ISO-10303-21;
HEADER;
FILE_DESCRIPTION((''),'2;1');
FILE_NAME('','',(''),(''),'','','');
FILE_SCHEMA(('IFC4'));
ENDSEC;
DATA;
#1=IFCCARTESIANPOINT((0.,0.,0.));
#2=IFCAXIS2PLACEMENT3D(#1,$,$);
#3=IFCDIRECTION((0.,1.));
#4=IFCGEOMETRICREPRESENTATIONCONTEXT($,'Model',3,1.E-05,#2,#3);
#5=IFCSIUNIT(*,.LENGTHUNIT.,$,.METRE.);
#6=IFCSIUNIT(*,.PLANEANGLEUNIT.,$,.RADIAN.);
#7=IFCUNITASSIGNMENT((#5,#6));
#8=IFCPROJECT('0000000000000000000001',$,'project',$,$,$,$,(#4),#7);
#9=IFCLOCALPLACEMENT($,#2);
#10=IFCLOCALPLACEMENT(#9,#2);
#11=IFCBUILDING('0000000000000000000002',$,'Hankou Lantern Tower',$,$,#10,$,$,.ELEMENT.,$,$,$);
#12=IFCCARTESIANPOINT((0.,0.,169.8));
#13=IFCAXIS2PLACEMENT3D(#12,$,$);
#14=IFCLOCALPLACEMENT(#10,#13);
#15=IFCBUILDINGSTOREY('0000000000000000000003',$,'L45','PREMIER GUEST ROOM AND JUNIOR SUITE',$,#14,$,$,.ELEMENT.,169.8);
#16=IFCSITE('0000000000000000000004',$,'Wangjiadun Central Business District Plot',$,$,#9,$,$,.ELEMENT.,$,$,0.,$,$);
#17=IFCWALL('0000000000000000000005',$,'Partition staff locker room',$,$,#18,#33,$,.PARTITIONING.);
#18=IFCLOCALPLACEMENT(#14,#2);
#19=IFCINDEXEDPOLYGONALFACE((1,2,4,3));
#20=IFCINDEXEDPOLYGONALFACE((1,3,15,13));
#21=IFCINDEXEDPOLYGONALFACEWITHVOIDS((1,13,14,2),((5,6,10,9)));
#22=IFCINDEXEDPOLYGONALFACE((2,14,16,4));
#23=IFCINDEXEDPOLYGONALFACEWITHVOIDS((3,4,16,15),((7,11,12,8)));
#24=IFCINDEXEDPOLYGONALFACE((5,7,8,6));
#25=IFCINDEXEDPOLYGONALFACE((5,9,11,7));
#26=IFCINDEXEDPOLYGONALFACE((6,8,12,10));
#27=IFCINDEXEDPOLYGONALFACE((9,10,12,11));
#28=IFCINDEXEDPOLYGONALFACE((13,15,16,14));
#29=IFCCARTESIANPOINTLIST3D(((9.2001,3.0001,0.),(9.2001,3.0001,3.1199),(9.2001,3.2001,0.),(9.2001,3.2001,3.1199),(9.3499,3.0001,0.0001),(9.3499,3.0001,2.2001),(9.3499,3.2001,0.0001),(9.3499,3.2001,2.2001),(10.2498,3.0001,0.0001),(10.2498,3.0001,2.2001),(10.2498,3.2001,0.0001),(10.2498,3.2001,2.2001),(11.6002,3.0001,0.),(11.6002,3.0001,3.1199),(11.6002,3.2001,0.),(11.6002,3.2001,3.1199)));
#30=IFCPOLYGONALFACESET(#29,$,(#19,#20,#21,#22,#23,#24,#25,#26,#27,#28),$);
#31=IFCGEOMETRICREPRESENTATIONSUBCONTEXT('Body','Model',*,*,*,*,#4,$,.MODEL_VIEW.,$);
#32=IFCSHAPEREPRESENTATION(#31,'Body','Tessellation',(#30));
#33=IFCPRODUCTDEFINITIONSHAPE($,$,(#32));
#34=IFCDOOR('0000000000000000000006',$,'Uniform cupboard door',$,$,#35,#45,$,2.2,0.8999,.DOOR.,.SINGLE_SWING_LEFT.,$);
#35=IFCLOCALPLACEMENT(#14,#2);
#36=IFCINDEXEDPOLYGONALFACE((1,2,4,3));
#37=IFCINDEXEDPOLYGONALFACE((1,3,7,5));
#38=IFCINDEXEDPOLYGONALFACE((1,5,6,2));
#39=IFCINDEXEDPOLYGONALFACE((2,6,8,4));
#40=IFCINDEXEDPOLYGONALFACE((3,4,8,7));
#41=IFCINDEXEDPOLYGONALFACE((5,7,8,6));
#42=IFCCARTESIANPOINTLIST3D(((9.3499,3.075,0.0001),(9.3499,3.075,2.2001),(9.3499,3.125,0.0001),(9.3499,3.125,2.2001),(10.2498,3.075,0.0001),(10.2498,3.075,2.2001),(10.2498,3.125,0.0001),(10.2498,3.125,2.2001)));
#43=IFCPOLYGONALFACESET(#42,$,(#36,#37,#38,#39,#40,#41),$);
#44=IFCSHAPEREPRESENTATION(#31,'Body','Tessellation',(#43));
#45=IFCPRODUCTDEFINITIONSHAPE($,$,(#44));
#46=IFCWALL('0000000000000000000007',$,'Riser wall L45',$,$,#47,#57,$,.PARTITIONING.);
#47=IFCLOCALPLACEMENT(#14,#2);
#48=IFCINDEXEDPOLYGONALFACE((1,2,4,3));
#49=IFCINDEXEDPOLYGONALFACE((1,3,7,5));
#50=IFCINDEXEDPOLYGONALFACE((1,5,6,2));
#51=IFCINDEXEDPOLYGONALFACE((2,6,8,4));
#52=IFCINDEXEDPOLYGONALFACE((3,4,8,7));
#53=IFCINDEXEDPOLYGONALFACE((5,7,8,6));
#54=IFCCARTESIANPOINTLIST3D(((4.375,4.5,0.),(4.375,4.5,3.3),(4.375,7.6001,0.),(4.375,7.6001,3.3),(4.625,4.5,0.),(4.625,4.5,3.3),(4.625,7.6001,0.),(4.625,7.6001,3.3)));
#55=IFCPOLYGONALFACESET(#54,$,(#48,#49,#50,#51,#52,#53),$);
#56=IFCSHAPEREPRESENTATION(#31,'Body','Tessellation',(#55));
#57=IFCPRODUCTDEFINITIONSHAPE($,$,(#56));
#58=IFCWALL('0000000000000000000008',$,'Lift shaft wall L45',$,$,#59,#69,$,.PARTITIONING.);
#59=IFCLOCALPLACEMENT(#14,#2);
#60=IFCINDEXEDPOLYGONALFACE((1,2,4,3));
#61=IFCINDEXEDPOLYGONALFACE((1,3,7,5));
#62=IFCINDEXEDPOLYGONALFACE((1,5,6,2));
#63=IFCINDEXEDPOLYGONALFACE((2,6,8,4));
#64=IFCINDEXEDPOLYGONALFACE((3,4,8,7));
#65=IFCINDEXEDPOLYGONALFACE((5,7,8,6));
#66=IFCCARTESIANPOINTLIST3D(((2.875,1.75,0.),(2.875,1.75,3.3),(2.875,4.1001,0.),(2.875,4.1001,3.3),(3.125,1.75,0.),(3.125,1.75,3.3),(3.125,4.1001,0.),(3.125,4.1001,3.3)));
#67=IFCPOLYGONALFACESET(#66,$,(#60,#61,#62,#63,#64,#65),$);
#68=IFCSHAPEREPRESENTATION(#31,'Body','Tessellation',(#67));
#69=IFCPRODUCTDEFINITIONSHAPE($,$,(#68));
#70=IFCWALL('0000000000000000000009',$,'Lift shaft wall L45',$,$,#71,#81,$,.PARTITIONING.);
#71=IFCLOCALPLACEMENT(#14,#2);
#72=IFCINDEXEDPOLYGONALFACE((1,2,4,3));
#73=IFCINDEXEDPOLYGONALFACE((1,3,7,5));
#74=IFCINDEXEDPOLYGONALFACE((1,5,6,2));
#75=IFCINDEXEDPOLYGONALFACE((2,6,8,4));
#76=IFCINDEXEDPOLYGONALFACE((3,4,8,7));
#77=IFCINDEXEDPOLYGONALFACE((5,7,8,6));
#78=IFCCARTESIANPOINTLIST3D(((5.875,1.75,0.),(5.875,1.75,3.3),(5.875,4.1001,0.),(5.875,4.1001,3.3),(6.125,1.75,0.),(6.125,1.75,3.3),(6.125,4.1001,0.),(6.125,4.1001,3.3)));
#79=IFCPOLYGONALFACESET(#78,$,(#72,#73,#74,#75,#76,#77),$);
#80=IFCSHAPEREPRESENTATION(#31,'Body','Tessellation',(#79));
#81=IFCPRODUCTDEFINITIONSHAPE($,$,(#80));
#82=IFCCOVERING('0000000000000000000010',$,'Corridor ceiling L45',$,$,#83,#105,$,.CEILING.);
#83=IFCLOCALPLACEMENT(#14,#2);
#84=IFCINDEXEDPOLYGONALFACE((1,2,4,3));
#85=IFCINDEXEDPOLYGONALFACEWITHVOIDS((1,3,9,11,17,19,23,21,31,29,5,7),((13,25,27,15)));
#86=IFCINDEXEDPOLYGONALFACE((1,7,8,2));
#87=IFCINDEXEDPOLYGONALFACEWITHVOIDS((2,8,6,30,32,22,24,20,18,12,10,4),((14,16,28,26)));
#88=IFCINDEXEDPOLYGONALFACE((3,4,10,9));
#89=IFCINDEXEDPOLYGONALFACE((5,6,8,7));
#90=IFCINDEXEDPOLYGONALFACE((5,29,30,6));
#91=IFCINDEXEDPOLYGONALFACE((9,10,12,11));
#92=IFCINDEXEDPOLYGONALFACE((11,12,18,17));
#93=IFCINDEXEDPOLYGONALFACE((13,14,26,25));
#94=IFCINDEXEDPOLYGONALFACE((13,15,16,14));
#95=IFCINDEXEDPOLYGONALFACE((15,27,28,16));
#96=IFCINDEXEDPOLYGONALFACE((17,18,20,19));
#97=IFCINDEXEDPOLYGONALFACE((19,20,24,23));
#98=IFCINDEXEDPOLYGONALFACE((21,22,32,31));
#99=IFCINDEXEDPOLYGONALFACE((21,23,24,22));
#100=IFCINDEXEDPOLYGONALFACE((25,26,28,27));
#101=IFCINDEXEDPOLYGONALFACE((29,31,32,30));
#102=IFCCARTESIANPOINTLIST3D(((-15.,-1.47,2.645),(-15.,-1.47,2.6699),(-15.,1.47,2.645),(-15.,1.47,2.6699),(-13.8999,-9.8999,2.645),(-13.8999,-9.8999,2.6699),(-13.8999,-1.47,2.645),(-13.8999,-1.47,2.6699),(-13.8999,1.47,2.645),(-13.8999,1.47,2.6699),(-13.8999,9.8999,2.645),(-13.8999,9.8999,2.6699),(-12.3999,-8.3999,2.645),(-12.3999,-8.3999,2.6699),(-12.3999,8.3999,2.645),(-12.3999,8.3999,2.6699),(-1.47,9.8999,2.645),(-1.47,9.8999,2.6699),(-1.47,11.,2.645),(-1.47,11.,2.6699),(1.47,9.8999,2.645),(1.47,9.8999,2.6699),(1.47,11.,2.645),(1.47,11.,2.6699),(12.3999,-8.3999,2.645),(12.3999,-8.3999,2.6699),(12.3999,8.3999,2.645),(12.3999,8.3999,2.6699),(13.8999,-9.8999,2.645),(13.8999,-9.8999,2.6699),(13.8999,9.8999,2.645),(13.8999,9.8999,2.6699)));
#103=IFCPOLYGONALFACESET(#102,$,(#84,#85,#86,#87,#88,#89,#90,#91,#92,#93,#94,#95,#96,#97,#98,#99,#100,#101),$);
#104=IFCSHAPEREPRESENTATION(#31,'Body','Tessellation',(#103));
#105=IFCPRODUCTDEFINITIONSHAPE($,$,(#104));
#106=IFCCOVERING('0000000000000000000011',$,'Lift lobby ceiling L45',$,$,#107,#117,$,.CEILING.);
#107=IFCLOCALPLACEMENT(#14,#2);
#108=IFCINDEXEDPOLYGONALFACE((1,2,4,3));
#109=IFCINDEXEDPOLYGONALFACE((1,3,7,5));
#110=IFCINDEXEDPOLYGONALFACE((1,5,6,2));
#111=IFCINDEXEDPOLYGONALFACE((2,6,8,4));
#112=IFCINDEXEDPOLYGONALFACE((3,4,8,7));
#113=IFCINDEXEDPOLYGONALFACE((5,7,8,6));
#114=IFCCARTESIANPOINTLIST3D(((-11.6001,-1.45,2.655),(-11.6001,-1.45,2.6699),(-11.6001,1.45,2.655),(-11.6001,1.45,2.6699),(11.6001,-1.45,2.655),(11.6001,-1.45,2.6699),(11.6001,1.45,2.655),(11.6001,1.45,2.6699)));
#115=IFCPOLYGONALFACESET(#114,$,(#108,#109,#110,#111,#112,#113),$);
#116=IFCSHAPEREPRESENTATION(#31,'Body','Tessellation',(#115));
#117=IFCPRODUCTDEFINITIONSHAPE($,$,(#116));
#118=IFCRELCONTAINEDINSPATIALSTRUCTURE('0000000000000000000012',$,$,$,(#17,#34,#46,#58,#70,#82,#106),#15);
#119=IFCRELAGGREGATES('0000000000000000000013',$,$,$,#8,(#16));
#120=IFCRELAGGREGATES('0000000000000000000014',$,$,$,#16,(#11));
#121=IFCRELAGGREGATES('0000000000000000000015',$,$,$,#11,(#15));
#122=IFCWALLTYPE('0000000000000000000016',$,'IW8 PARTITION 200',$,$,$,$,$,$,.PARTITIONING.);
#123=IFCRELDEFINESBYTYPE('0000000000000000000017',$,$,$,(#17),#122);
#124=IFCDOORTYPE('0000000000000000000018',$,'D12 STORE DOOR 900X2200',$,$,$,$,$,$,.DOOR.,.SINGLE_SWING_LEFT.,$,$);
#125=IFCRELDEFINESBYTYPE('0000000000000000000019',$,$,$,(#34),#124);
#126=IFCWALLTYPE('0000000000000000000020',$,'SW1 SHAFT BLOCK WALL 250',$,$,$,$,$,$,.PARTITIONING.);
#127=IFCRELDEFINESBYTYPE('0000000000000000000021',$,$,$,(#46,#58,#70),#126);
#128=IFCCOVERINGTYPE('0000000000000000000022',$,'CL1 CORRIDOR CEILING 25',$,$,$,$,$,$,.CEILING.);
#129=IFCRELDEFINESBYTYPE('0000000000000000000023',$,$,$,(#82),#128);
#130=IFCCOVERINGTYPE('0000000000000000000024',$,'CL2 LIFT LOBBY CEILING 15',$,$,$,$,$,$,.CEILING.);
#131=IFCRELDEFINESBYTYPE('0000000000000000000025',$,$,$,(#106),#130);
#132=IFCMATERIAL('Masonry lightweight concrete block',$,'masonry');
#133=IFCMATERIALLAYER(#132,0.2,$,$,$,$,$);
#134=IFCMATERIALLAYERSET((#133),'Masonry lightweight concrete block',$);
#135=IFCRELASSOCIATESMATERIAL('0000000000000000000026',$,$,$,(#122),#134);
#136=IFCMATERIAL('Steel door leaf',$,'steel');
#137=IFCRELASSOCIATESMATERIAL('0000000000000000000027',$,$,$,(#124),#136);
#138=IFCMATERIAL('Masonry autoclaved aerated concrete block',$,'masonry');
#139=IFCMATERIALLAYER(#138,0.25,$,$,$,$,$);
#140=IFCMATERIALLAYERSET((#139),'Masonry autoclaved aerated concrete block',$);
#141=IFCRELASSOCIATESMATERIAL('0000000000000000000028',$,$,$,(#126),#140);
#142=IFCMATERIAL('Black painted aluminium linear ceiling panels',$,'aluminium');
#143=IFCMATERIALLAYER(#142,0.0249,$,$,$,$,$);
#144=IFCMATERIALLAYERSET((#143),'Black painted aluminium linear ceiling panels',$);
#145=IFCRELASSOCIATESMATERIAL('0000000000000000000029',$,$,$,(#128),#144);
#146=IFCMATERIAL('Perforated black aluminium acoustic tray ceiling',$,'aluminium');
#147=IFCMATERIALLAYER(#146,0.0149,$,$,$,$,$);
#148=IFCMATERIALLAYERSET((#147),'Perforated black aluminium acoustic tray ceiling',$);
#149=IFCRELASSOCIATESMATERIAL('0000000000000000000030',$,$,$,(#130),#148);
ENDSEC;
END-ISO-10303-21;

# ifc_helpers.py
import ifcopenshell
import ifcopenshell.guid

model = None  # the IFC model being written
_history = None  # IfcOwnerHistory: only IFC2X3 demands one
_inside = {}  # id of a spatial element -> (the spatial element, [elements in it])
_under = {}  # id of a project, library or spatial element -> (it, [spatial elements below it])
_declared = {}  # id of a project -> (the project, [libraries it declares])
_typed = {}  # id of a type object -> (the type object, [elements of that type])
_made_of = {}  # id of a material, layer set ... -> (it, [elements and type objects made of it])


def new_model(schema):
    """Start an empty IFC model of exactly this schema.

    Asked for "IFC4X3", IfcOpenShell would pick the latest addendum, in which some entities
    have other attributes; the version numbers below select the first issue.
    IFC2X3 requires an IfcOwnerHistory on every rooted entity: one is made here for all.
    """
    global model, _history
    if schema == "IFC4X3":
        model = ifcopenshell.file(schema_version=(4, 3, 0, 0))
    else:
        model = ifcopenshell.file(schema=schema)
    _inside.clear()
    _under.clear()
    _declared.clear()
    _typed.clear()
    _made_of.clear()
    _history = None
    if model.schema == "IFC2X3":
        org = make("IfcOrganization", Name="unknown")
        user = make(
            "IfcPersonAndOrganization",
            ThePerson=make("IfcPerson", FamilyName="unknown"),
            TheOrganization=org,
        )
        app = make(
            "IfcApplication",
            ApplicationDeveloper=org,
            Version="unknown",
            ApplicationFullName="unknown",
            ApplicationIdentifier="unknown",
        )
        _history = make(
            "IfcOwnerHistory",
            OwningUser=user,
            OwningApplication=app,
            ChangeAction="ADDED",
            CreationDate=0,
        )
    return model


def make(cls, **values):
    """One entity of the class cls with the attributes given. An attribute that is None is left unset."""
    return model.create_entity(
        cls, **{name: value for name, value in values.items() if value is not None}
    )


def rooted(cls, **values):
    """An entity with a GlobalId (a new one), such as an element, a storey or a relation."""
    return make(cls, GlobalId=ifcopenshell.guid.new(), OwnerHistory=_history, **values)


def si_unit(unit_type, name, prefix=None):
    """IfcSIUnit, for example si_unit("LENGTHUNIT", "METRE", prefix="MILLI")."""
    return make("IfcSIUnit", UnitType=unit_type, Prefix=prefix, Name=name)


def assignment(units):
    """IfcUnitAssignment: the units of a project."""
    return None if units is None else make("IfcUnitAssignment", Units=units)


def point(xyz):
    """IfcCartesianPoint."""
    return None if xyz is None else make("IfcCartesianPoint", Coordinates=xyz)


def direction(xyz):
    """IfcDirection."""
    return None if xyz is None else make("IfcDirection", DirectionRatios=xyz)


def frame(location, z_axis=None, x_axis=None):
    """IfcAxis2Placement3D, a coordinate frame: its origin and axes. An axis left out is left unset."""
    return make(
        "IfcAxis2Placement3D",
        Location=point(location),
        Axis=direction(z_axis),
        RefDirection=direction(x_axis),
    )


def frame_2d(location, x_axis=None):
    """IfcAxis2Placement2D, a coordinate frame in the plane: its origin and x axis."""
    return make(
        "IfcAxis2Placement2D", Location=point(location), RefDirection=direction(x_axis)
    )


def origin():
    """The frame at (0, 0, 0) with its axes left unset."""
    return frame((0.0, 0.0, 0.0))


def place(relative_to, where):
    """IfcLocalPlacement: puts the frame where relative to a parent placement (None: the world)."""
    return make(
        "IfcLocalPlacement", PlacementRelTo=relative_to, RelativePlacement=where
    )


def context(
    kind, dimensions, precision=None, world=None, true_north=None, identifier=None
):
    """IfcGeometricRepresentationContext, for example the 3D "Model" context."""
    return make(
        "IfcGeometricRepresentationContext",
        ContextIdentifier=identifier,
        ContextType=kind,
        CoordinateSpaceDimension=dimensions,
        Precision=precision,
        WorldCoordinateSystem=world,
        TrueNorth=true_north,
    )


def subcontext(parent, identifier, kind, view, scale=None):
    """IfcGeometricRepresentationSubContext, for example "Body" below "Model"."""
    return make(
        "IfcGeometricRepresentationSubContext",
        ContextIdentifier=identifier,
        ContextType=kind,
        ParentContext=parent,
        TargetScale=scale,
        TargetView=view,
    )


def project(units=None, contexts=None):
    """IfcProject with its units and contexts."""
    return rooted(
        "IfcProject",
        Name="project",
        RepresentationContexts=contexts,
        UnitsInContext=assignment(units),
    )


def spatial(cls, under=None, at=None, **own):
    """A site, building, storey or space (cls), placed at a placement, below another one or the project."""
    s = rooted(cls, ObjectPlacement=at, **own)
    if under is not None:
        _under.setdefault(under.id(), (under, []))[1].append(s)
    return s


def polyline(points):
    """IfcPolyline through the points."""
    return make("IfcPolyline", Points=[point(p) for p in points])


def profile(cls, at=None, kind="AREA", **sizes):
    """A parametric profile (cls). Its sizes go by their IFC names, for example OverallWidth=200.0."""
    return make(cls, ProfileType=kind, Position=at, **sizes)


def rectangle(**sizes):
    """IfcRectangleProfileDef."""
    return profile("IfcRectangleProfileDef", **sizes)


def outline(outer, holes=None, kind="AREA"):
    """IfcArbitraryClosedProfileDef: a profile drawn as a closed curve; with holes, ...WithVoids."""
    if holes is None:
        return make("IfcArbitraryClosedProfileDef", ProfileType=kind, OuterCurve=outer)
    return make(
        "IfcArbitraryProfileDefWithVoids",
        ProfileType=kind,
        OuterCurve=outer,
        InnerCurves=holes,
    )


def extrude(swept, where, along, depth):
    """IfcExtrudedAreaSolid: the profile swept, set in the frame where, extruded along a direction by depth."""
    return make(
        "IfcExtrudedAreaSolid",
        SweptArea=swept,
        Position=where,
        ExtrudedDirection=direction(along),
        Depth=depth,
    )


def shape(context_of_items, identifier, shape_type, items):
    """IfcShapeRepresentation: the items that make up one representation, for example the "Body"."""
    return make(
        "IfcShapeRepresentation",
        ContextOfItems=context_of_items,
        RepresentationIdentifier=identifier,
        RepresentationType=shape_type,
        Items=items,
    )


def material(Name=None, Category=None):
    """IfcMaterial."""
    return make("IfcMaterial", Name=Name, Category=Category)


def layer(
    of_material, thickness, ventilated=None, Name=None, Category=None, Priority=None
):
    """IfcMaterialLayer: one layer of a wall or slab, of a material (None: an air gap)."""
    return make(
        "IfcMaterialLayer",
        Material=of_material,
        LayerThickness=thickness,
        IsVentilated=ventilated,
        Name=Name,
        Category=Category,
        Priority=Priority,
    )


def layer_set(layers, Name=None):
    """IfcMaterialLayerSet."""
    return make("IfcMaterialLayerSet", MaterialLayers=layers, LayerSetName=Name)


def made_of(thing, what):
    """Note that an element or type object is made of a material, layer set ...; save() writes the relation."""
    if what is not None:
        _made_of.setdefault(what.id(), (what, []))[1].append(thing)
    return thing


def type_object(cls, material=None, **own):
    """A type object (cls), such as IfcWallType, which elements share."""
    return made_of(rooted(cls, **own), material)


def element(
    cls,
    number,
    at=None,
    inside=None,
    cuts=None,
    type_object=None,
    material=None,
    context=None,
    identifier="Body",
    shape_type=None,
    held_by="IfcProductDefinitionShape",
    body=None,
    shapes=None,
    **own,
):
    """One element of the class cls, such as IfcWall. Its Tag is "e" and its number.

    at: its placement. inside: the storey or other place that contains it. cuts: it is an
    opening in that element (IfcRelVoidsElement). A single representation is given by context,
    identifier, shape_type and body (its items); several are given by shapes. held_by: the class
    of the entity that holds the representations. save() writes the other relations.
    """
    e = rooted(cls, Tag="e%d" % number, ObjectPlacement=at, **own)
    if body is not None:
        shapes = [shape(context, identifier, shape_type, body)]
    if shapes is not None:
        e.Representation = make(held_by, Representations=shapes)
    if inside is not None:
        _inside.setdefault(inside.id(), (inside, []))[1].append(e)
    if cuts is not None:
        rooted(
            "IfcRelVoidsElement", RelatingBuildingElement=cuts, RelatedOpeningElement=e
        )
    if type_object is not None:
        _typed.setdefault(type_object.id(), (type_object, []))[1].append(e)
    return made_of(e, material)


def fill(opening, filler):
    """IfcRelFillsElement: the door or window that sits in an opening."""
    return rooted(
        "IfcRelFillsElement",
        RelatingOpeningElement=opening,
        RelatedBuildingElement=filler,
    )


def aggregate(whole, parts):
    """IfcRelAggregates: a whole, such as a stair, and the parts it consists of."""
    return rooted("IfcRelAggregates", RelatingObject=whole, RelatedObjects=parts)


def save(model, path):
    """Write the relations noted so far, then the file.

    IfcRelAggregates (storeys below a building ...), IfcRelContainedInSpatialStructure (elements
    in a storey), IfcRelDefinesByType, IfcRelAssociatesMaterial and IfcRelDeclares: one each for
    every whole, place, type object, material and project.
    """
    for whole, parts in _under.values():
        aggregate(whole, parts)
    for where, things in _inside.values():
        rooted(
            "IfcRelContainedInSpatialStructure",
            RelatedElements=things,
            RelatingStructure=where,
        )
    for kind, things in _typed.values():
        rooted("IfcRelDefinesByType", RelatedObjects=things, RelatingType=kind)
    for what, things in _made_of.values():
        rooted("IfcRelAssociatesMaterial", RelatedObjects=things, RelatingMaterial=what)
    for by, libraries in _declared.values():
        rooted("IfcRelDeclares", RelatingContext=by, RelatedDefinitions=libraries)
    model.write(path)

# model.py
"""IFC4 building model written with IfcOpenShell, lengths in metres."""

from ifc_helpers import new_model, si_unit, direction, frame, frame_2d, origin, place, context, subcontext, project, spatial, polyline, rectangle, outline, extrude, material, layer, layer_set, type_object, element, fill, save


model = new_model("IFC4")

# Units and contexts
model_context = context("Model", 3, precision=1e-05, world=origin(), true_north=direction((0.0, 1.0)))
body_context = subcontext(model_context, "Body", "Model", "MODEL_VIEW")
ifc_project = project(units=[si_unit("LENGTHUNIT", "METRE"), si_unit("PLANEANGLEUNIT", "RADIAN")], contexts=[model_context])

# Site, building, storey
site_placement = place(None, origin())
site = spatial("IfcSite", under=ifc_project, at=site_placement, Name="Wangjiadun Central Business District Plot", CompositionType="ELEMENT", RefElevation=0.0)
building_placement = place(site_placement, origin())
building = spatial("IfcBuilding", under=site, at=building_placement, Name="Hankou Lantern Tower", CompositionType="ELEMENT")
storey_placement = place(building_placement, frame((0.0, 0.0, 169.8)))
storey = spatial("IfcBuildingStorey", under=building, at=storey_placement, Name="L45", Description="PREMIER GUEST ROOM AND JUNIOR SUITE", CompositionType="ELEMENT", Elevation=169.8)

# Wall, opening, door
ifc_material_1 = material(Name="Masonry lightweight concrete block", Category="masonry")
ifc_layer_1 = layer(ifc_material_1, 0.2)
ifc_layer_set_1 = layer_set([ifc_layer_1], Name="Masonry lightweight concrete block")
wall_type_1 = type_object("IfcWallType", Name="IW8 PARTITION 200", PredefinedType="PARTITIONING", material=ifc_layer_set_1)
wall_1_placement = place(storey_placement, frame((9.2, 3.1001, 0.0), z_axis=(0.0, 0.0, 1.0), x_axis=(1.0, 0.0, 0.0)))
wall_1 = element("IfcWall", 1, at=wall_1_placement, inside=storey, type_object=wall_type_1, Name="Partition staff locker room", PredefinedType="PARTITIONING", context=body_context, shape_type="SweptSolid", body=[
    extrude(rectangle(XDim=2.4001, YDim=0.2, at=frame_2d((1.2002, 0.0))), origin(), (0.0, 0.0, 1.0), 3.1199),
])
opening_1_placement = place(wall_1_placement, frame((0.1499, 0.0, 0.0)))
opening_1 = element("IfcOpeningElement", 2, at=opening_1_placement, cuts=wall_1, PredefinedType="OPENING", context=body_context, shape_type="SweptSolid", body=[
    extrude(rectangle(XDim=0.8999, YDim=2.2, at=frame_2d((0.45, 1.1001))), frame((0.0, 0.1099, 0.0), z_axis=(0.0, -1.0, 0.0), x_axis=(1.0, 0.0, 0.0)), (0.0, 0.0, 1.0), 0.22),
])
ifc_material_2 = material(Name="Steel door leaf", Category="steel")
door_type_1 = type_object("IfcDoorType", Name="D12 STORE DOOR 900X2200", OperationType="SINGLE_SWING_LEFT", PredefinedType="DOOR", material=ifc_material_2)
door_1_placement = place(opening_1_placement, origin())
door_1 = element("IfcDoor", 3, at=door_1_placement, inside=storey, type_object=door_type_1, Name="Uniform cupboard door", OperationType="SINGLE_SWING_LEFT", OverallHeight=2.2, OverallWidth=0.8999, PredefinedType="DOOR", context=body_context, shape_type="SweptSolid", body=[
    extrude(rectangle(XDim=0.8999, YDim=2.2, at=frame_2d((0.45, 1.1001))), frame((0.0, 0.0249, 0.0), z_axis=(0.0, -1.0, 0.0), x_axis=(1.0, 0.0, 0.0)), (0.0, 0.0, 1.0), 0.05),
])
fill(opening_1, door_1)

# Walls
ifc_material_3 = material(Name="Masonry autoclaved aerated concrete block", Category="masonry")
ifc_layer_2 = layer(ifc_material_3, 0.25)
ifc_layer_set_2 = layer_set([ifc_layer_2], Name="Masonry autoclaved aerated concrete block")
wall_type_2 = type_object("IfcWallType", Name="SW1 SHAFT BLOCK WALL 250", PredefinedType="PARTITIONING", material=ifc_layer_set_2)
wall_2_placement = place(storey_placement, frame((4.5, 4.5, 0.0), z_axis=(0.0, 0.0, 1.0), x_axis=(0.0, 1.0, 0.0)))
element("IfcWall", 4, at=wall_2_placement, inside=storey, type_object=wall_type_2, Name="Riser wall L45", PredefinedType="PARTITIONING", context=body_context, shape_type="SweptSolid", body=[
    extrude(rectangle(XDim=3.1001, YDim=0.25, at=frame_2d((1.55, 0.0))), origin(), (0.0, 0.0, 1.0), 3.3),
])
for number, where, z_axis, x_axis, name in (
    (5, (3.0, 1.75, 0.0), (0.0, 0.0, 1.0), (0.0, 1.0, 0.0), "Lift shaft wall L45"),
    (6, (6.0, 1.75, 0.0), (0.0, 0.0, 1.0), (0.0, 1.0, 0.0), "Lift shaft wall L45"),
):
    element("IfcWall", number, at=place(storey_placement, frame(where, z_axis=z_axis, x_axis=x_axis)), inside=storey, type_object=wall_type_2, Name=name, PredefinedType="PARTITIONING", context=body_context, shape_type="SweptSolid", body=[
        extrude(rectangle(XDim=2.3501, YDim=0.25, at=frame_2d((1.175, 0.0))), origin(), (0.0, 0.0, 1.0), 3.3),
    ])

# Coverings
ifc_material_4 = material(Name="Black painted aluminium linear ceiling panels", Category="aluminium")
ifc_layer_3 = layer(ifc_material_4, 0.0249)
ifc_layer_set_3 = layer_set([ifc_layer_3], Name="Black painted aluminium linear ceiling panels")
covering_type_1 = type_object("IfcCoveringType", Name="CL1 CORRIDOR CEILING 25", PredefinedType="CEILING", material=ifc_layer_set_3)
covering_1_placement = place(storey_placement, frame((0.0, 0.0, 2.645)))
element("IfcCovering", 7, at=covering_1_placement, inside=storey, type_object=covering_type_1, Name="Corridor ceiling L45", PredefinedType="CEILING", context=body_context, shape_type="SweptSolid", body=[
    extrude(outline(polyline([(1.47, 9.8999), (1.47, 11.0), (-1.47, 11.0), (-1.47, 9.8999), (-13.8999, 9.8999), (-13.8999, 1.47), (-15.0, 1.47), (-15.0, -1.47), (-13.8999, -1.47), (-13.8999, -9.8999), (13.8999, -9.8999), (13.8999, 9.8999), (1.47, 9.8999)]), holes=[polyline([(-12.3999, 8.3999), (12.3999, 8.3999), (12.3999, -8.3999), (-12.3999, -8.3999), (-12.3999, 8.3999)])]), origin(), (0.0, 0.0, 1.0), 0.0249),
])
ifc_material_5 = material(Name="Perforated black aluminium acoustic tray ceiling", Category="aluminium")
ifc_layer_4 = layer(ifc_material_5, 0.0149)
ifc_layer_set_4 = layer_set([ifc_layer_4], Name="Perforated black aluminium acoustic tray ceiling")
covering_type_2 = type_object("IfcCoveringType", Name="CL2 LIFT LOBBY CEILING 15", PredefinedType="CEILING", material=ifc_layer_set_4)
covering_2_placement = place(storey_placement, frame((0.0, 0.0, 2.655)))
element("IfcCovering", 8, at=covering_2_placement, inside=storey, type_object=covering_type_2, Name="Lift lobby ceiling L45", PredefinedType="CEILING", context=body_context, shape_type="SweptSolid", body=[
    extrude(outline(polyline([(-11.6001, -1.45), (11.6001, -1.45), (11.6001, 1.45), (-11.6001, 1.45), (-11.6001, -1.45)])), origin(), (0.0, 0.0, 1.0), 0.0149),
])

save(model, "model.ifc")
